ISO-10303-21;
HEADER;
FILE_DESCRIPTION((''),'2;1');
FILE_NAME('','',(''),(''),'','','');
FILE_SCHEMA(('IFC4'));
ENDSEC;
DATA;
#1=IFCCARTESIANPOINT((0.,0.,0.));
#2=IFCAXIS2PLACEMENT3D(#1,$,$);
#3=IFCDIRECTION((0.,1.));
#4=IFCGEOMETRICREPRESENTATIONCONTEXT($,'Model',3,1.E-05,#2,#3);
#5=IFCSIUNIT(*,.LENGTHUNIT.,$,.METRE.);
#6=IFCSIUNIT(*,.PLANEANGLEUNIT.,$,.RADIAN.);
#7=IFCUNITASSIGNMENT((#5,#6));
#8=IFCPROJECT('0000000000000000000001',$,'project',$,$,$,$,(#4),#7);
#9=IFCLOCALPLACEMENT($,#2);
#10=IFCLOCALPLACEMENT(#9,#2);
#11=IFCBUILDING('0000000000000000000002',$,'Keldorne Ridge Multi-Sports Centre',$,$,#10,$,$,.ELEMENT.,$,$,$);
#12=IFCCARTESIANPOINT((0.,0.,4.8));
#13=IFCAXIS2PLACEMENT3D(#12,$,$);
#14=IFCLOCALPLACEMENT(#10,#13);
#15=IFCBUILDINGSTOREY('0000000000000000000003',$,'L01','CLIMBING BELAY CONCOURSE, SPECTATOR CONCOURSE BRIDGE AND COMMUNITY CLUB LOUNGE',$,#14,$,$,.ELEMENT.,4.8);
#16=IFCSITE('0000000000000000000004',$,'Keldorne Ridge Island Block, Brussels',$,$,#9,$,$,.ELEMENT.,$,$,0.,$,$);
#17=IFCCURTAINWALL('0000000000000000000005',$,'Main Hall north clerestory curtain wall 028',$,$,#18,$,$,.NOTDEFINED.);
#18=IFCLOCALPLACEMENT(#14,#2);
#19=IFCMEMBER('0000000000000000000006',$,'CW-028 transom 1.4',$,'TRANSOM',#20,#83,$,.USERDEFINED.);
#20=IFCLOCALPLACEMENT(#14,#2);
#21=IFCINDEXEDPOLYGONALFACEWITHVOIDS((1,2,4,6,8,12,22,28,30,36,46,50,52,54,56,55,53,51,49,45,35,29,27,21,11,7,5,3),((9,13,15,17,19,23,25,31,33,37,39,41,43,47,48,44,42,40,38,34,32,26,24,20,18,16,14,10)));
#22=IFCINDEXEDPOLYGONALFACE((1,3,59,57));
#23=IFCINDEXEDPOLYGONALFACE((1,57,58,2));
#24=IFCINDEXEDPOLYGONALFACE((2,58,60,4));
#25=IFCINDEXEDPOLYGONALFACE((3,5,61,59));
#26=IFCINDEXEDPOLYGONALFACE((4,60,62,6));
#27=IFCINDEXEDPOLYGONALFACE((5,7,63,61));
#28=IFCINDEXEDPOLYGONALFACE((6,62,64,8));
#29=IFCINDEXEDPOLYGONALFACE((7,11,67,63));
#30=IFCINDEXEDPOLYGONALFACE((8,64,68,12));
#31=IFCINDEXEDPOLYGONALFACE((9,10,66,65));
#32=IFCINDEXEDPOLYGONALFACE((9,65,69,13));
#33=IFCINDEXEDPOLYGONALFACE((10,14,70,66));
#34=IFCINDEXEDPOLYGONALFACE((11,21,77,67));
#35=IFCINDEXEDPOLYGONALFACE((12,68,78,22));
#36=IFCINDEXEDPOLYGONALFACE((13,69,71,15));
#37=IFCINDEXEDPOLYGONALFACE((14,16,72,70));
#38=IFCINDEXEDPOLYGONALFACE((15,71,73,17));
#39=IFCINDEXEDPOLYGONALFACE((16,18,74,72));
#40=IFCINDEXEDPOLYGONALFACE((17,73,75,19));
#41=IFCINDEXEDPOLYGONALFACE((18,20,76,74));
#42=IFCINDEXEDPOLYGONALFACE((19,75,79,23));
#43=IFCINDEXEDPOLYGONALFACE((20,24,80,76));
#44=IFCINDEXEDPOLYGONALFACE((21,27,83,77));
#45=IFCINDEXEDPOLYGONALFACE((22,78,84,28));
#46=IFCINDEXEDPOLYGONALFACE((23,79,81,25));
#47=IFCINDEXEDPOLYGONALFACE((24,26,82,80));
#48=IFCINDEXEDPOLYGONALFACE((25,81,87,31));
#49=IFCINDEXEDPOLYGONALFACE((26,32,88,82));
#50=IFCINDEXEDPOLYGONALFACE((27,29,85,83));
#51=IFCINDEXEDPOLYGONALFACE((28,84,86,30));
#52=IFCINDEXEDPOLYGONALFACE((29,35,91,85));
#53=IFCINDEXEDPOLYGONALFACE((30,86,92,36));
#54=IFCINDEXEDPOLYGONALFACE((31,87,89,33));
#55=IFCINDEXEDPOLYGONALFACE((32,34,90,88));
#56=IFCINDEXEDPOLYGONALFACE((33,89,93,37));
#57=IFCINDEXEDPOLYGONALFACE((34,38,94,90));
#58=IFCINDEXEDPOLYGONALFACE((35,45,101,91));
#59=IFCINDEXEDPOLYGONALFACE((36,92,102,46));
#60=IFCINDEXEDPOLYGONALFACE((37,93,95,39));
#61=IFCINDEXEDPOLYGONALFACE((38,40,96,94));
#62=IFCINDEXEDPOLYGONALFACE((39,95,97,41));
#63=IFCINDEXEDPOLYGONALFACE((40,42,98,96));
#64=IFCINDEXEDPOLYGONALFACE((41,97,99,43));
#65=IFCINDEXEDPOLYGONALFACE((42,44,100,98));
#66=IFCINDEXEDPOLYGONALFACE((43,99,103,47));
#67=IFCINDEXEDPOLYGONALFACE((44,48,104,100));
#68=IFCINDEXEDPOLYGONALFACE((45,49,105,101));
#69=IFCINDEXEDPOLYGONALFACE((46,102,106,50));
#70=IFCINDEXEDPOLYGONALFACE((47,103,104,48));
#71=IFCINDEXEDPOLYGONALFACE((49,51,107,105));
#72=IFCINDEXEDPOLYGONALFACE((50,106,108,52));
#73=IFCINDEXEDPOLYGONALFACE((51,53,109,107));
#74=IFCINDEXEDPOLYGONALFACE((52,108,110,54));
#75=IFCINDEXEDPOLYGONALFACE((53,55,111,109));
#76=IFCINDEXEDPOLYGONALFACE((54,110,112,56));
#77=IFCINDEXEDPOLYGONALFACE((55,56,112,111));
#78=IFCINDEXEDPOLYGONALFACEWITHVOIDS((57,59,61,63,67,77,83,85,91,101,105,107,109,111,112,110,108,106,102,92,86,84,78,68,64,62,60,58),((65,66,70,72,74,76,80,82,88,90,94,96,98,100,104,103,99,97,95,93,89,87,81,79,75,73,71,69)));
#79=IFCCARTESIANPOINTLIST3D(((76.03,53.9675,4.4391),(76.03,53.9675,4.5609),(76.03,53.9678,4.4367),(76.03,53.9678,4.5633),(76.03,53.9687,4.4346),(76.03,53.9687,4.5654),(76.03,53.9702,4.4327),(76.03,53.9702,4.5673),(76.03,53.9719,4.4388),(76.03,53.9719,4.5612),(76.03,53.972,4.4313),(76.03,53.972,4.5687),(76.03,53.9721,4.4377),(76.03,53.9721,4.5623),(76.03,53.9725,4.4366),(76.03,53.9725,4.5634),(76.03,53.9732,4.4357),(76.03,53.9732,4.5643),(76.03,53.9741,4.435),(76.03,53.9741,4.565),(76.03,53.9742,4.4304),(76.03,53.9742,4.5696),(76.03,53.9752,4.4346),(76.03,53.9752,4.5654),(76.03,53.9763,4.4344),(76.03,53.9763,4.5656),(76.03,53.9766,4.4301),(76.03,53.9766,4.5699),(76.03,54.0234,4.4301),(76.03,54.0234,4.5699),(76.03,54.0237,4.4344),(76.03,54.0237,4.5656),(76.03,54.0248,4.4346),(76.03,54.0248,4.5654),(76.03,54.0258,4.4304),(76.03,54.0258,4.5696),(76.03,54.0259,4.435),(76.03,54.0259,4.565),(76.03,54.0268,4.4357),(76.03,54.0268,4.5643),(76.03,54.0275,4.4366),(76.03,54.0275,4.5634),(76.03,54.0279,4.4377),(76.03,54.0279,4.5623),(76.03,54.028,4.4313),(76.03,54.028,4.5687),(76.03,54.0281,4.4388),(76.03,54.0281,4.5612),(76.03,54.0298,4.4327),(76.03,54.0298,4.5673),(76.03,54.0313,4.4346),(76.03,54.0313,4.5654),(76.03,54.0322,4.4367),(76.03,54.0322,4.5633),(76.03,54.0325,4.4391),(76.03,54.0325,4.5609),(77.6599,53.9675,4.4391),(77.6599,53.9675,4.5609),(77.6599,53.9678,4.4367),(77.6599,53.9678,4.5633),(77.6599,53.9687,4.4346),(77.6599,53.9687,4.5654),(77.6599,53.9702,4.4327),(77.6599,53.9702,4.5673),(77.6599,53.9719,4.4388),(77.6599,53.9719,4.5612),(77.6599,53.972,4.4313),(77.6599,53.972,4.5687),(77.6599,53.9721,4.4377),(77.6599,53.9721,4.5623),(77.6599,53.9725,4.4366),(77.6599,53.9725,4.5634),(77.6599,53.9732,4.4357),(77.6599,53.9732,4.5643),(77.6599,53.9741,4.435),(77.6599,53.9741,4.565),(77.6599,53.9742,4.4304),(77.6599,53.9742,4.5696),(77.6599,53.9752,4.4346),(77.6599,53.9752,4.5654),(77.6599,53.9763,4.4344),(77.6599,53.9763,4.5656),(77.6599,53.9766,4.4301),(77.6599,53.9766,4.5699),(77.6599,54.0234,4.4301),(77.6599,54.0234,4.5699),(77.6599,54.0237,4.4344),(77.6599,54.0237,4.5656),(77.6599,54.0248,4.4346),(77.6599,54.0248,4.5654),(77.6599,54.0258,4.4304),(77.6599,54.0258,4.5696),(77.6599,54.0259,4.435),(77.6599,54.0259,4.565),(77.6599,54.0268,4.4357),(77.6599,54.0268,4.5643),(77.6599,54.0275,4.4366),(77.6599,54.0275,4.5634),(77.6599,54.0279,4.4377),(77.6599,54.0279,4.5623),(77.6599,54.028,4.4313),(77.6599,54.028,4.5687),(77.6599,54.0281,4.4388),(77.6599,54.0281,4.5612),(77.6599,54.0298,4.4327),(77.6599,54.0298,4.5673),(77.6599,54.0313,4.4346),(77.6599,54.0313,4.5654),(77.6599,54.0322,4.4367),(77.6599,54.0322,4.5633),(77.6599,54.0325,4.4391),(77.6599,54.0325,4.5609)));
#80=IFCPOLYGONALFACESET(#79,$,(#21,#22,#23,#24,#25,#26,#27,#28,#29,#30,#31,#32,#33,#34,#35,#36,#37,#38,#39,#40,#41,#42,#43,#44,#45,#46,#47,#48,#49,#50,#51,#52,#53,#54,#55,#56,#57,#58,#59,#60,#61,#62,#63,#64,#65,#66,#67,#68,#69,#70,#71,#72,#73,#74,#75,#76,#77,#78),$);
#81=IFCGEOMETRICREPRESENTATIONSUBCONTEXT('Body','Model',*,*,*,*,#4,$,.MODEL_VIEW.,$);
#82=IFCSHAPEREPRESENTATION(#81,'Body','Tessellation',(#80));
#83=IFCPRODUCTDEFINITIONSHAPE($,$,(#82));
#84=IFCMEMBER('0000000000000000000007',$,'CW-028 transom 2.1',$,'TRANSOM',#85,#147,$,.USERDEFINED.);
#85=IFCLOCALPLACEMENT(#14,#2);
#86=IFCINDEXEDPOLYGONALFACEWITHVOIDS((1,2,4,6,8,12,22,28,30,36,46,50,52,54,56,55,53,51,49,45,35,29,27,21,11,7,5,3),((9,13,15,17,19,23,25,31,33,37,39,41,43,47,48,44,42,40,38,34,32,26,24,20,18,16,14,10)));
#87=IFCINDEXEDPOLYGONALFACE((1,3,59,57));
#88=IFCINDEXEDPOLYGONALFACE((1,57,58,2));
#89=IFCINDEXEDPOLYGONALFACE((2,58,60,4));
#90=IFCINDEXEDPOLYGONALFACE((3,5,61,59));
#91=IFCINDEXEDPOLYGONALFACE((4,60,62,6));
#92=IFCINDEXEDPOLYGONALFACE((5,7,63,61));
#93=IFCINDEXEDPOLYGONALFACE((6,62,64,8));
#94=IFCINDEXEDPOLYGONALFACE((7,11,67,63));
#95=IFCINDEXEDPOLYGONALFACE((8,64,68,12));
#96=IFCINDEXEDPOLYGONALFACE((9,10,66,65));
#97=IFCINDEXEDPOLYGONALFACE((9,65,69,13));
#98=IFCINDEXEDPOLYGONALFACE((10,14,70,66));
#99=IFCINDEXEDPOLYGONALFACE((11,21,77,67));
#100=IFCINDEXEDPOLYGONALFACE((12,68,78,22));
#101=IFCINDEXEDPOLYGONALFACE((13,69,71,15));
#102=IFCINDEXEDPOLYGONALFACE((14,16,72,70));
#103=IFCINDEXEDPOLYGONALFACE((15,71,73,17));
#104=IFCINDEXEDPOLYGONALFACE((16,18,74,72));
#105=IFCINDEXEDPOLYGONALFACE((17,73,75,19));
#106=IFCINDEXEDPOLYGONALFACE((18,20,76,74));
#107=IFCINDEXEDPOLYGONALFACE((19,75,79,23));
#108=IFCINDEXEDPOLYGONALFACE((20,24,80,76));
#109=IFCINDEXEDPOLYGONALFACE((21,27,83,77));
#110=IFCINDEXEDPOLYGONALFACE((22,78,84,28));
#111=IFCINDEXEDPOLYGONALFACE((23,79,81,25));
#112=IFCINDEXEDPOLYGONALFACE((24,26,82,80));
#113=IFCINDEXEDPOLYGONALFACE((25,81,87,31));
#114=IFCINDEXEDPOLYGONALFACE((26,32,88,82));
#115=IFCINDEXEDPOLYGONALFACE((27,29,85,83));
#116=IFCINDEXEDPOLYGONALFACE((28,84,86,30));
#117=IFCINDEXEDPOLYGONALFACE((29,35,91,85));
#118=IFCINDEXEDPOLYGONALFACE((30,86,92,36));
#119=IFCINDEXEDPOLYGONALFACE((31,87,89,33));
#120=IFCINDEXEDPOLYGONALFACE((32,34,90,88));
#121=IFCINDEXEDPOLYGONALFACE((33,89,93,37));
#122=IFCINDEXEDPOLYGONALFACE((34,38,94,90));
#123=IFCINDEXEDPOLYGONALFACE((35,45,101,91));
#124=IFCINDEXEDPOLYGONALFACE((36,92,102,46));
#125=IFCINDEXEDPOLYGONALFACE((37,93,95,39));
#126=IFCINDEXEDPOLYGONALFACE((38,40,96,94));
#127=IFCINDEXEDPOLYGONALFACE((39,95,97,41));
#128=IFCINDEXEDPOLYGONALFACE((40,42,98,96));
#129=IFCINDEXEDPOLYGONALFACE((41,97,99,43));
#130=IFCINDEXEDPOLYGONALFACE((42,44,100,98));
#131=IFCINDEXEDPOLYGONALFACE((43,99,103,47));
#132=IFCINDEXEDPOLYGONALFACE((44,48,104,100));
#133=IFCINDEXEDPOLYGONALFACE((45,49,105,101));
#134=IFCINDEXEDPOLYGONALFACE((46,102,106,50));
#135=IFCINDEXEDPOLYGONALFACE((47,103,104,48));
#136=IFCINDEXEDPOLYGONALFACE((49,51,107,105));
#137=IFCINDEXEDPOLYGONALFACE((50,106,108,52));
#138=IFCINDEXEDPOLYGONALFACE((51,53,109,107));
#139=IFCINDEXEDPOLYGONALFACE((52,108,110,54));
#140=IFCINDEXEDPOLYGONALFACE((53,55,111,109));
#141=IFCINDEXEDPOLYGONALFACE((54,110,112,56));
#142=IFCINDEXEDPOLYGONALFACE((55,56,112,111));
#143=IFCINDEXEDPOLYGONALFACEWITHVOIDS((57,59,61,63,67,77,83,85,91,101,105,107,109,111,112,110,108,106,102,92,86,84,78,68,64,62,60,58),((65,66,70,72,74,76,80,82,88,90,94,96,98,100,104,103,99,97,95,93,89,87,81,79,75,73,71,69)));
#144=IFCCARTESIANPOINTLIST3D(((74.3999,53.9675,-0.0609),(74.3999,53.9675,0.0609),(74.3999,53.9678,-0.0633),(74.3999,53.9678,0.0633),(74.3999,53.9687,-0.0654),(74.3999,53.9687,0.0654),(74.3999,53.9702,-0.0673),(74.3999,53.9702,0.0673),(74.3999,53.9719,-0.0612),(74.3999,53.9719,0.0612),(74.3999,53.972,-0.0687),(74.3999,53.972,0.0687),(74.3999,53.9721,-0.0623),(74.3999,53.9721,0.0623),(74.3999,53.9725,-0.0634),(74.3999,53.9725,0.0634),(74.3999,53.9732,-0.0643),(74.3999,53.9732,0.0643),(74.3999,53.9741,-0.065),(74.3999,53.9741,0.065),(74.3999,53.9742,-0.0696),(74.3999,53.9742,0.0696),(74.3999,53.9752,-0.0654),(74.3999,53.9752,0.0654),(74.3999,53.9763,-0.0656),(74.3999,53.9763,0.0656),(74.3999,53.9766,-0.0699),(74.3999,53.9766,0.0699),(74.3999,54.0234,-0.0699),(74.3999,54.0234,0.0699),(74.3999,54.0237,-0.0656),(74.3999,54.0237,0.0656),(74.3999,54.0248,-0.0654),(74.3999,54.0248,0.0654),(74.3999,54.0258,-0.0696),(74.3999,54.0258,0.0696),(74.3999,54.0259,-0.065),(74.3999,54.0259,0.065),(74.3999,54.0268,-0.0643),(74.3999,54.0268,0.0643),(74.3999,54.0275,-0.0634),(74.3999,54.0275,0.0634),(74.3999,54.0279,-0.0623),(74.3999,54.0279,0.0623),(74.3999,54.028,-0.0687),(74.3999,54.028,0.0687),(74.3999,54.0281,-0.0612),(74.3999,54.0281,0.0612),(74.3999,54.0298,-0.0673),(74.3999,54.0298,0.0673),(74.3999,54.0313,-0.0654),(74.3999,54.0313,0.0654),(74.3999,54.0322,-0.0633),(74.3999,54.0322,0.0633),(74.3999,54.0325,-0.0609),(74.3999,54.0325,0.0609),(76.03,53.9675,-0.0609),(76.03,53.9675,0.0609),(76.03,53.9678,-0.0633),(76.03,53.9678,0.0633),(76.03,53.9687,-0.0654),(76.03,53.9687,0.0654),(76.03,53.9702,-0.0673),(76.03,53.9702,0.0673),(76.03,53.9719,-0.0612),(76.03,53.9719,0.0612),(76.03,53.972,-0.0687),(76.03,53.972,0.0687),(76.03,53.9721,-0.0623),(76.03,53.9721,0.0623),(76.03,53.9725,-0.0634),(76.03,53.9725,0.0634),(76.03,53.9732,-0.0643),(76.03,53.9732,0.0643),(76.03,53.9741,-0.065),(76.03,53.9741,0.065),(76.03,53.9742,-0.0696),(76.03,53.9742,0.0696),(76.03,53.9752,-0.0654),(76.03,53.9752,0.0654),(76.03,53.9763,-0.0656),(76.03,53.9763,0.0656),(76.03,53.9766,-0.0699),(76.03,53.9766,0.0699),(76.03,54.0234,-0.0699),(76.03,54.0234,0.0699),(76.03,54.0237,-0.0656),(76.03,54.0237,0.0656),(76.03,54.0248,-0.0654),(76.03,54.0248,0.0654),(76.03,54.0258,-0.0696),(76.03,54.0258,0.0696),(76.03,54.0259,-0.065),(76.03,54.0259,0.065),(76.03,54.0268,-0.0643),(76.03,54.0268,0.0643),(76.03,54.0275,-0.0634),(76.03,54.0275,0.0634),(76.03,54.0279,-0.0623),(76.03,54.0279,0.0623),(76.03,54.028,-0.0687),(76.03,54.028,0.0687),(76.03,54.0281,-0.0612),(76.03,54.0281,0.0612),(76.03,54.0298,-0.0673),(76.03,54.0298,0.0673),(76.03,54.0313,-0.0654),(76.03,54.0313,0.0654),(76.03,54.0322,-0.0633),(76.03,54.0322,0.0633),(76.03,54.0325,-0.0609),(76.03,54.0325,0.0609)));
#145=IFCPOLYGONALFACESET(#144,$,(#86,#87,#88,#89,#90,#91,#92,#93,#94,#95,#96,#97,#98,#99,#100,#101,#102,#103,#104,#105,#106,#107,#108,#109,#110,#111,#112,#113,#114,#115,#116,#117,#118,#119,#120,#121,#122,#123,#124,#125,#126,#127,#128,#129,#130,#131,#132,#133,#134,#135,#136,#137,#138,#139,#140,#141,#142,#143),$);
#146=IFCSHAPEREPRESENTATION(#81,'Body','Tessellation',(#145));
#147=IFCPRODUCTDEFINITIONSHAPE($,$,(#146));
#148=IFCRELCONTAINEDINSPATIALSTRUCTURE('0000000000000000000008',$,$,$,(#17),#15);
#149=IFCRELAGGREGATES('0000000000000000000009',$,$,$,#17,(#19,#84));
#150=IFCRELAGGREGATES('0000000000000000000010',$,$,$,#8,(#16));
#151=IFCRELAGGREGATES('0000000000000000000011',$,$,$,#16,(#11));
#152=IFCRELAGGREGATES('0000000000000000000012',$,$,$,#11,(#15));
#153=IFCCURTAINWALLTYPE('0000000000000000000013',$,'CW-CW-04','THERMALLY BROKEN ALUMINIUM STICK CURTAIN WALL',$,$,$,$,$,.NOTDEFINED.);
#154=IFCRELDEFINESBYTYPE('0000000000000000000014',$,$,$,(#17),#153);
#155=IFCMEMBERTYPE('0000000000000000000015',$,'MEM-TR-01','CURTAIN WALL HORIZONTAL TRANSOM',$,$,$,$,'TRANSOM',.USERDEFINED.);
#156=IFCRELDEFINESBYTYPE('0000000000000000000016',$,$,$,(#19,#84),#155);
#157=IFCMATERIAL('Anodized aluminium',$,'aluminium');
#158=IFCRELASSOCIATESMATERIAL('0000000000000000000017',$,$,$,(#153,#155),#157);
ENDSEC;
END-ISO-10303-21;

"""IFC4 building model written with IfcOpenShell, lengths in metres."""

from ifc_helpers import new_model, si_unit, direction, frame, origin, origin_2d, place, context, subcontext, project, spatial, hollow_rectangle, extrude, material, material_profile, profile_set, type_object, element, aggregate, save


model = new_model("IFC4")

# Units and contexts
model_context = context("Model", 3, precision=1e-05, world=origin(), true_north=direction((0.0, 1.0)))
body_context = subcontext(model_context, "Body", "Model", "MODEL_VIEW")
ifc_project = project(units=[si_unit("LENGTHUNIT", "METRE"), si_unit("PLANEANGLEUNIT", "RADIAN")], contexts=[model_context])

# Site, building, storey
site_placement = place(None, origin())
site = spatial("IfcSite", under=ifc_project, at=site_placement, Name="Keldorne Ridge Island Block, Brussels", CompositionType="ELEMENT", RefElevation=0.0)
building_placement = place(site_placement, origin())
building = spatial("IfcBuilding", under=site, at=building_placement, Name="Keldorne Ridge Multi-Sports Centre", CompositionType="ELEMENT")
storey_placement = place(building_placement, frame((0.0, 0.0, 4.8)))
storey = spatial("IfcBuildingStorey", under=building, at=storey_placement, Name="L01", Description="CLIMBING BELAY CONCOURSE, SPECTATOR CONCOURSE BRIDGE AND COMMUNITY CLUB LOUNGE", CompositionType="ELEMENT", Elevation=4.8)

# Curtain wall
ifc_material_1 = material(Name="Anodized aluminium", Category="aluminium")
curtain_wall_type = type_object("IfcCurtainWallType", Name="CW-CW-04", Description="THERMALLY BROKEN ALUMINIUM STICK CURTAIN WALL", PredefinedType="NOTDEFINED", material=ifc_material_1)
curtain_wall_1_placement = place(storey_placement, origin())
curtain_wall_1 = element("IfcCurtainWall", 1, at=curtain_wall_1_placement, inside=storey, type_object=curtain_wall_type, Name="Main Hall north clerestory curtain wall 028", PredefinedType="NOTDEFINED")

# Members
ifc_material_profile_1 = material_profile(ifc_material_1, hollow_rectangle(XDim=0.0649, YDim=0.1399, WallThickness=0.0044, InnerFilletRadius=0.0044, OuterFilletRadius=0.009, at=origin_2d()), Name="ALU TRANSOM 140x65x4.5")
ifc_profile_set_1 = profile_set([ifc_material_profile_1], Name="Anodized aluminium")
member_type_1 = type_object("IfcMemberType", Name="MEM-TR-01", Description="CURTAIN WALL HORIZONTAL TRANSOM", ElementType="TRANSOM", PredefinedType="USERDEFINED", material=ifc_profile_set_1)
member_1_placement = place(storey_placement, frame((77.6599, 54.0, 4.5), z_axis=(-1.0, 0.0, 0.0), x_axis=(0.0, -1.0, 0.0)))
member_1 = element("IfcMember", 2, at=member_1_placement, type_object=member_type_1, Name="CW-028 transom 1.4", ObjectType="TRANSOM", PredefinedType="USERDEFINED", context=body_context, shape_type="SweptSolid", body=[
    extrude(hollow_rectangle(XDim=0.0649, YDim=0.1399, WallThickness=0.0044, InnerFilletRadius=0.0044, OuterFilletRadius=0.009, at=origin_2d()), origin(), (0.0, 0.0, 1.0), 1.6299),
])
member_2_placement = place(storey_placement, frame((76.03, 54.0, 0.0), z_axis=(-1.0, 0.0, 0.0), x_axis=(0.0, -1.0, 0.0)))
member_2 = element("IfcMember", 3, at=member_2_placement, type_object=member_type_1, Name="CW-028 transom 2.1", ObjectType="TRANSOM", PredefinedType="USERDEFINED", context=body_context, shape_type="SweptSolid", body=[
    extrude(hollow_rectangle(XDim=0.0649, YDim=0.1399, WallThickness=0.0044, InnerFilletRadius=0.0044, OuterFilletRadius=0.009, at=origin_2d()), origin(), (0.0, 0.0, 1.0), 1.6301),
])

aggregate(curtain_wall_1, [member_1, member_2])

save(model, "model.ifc")
